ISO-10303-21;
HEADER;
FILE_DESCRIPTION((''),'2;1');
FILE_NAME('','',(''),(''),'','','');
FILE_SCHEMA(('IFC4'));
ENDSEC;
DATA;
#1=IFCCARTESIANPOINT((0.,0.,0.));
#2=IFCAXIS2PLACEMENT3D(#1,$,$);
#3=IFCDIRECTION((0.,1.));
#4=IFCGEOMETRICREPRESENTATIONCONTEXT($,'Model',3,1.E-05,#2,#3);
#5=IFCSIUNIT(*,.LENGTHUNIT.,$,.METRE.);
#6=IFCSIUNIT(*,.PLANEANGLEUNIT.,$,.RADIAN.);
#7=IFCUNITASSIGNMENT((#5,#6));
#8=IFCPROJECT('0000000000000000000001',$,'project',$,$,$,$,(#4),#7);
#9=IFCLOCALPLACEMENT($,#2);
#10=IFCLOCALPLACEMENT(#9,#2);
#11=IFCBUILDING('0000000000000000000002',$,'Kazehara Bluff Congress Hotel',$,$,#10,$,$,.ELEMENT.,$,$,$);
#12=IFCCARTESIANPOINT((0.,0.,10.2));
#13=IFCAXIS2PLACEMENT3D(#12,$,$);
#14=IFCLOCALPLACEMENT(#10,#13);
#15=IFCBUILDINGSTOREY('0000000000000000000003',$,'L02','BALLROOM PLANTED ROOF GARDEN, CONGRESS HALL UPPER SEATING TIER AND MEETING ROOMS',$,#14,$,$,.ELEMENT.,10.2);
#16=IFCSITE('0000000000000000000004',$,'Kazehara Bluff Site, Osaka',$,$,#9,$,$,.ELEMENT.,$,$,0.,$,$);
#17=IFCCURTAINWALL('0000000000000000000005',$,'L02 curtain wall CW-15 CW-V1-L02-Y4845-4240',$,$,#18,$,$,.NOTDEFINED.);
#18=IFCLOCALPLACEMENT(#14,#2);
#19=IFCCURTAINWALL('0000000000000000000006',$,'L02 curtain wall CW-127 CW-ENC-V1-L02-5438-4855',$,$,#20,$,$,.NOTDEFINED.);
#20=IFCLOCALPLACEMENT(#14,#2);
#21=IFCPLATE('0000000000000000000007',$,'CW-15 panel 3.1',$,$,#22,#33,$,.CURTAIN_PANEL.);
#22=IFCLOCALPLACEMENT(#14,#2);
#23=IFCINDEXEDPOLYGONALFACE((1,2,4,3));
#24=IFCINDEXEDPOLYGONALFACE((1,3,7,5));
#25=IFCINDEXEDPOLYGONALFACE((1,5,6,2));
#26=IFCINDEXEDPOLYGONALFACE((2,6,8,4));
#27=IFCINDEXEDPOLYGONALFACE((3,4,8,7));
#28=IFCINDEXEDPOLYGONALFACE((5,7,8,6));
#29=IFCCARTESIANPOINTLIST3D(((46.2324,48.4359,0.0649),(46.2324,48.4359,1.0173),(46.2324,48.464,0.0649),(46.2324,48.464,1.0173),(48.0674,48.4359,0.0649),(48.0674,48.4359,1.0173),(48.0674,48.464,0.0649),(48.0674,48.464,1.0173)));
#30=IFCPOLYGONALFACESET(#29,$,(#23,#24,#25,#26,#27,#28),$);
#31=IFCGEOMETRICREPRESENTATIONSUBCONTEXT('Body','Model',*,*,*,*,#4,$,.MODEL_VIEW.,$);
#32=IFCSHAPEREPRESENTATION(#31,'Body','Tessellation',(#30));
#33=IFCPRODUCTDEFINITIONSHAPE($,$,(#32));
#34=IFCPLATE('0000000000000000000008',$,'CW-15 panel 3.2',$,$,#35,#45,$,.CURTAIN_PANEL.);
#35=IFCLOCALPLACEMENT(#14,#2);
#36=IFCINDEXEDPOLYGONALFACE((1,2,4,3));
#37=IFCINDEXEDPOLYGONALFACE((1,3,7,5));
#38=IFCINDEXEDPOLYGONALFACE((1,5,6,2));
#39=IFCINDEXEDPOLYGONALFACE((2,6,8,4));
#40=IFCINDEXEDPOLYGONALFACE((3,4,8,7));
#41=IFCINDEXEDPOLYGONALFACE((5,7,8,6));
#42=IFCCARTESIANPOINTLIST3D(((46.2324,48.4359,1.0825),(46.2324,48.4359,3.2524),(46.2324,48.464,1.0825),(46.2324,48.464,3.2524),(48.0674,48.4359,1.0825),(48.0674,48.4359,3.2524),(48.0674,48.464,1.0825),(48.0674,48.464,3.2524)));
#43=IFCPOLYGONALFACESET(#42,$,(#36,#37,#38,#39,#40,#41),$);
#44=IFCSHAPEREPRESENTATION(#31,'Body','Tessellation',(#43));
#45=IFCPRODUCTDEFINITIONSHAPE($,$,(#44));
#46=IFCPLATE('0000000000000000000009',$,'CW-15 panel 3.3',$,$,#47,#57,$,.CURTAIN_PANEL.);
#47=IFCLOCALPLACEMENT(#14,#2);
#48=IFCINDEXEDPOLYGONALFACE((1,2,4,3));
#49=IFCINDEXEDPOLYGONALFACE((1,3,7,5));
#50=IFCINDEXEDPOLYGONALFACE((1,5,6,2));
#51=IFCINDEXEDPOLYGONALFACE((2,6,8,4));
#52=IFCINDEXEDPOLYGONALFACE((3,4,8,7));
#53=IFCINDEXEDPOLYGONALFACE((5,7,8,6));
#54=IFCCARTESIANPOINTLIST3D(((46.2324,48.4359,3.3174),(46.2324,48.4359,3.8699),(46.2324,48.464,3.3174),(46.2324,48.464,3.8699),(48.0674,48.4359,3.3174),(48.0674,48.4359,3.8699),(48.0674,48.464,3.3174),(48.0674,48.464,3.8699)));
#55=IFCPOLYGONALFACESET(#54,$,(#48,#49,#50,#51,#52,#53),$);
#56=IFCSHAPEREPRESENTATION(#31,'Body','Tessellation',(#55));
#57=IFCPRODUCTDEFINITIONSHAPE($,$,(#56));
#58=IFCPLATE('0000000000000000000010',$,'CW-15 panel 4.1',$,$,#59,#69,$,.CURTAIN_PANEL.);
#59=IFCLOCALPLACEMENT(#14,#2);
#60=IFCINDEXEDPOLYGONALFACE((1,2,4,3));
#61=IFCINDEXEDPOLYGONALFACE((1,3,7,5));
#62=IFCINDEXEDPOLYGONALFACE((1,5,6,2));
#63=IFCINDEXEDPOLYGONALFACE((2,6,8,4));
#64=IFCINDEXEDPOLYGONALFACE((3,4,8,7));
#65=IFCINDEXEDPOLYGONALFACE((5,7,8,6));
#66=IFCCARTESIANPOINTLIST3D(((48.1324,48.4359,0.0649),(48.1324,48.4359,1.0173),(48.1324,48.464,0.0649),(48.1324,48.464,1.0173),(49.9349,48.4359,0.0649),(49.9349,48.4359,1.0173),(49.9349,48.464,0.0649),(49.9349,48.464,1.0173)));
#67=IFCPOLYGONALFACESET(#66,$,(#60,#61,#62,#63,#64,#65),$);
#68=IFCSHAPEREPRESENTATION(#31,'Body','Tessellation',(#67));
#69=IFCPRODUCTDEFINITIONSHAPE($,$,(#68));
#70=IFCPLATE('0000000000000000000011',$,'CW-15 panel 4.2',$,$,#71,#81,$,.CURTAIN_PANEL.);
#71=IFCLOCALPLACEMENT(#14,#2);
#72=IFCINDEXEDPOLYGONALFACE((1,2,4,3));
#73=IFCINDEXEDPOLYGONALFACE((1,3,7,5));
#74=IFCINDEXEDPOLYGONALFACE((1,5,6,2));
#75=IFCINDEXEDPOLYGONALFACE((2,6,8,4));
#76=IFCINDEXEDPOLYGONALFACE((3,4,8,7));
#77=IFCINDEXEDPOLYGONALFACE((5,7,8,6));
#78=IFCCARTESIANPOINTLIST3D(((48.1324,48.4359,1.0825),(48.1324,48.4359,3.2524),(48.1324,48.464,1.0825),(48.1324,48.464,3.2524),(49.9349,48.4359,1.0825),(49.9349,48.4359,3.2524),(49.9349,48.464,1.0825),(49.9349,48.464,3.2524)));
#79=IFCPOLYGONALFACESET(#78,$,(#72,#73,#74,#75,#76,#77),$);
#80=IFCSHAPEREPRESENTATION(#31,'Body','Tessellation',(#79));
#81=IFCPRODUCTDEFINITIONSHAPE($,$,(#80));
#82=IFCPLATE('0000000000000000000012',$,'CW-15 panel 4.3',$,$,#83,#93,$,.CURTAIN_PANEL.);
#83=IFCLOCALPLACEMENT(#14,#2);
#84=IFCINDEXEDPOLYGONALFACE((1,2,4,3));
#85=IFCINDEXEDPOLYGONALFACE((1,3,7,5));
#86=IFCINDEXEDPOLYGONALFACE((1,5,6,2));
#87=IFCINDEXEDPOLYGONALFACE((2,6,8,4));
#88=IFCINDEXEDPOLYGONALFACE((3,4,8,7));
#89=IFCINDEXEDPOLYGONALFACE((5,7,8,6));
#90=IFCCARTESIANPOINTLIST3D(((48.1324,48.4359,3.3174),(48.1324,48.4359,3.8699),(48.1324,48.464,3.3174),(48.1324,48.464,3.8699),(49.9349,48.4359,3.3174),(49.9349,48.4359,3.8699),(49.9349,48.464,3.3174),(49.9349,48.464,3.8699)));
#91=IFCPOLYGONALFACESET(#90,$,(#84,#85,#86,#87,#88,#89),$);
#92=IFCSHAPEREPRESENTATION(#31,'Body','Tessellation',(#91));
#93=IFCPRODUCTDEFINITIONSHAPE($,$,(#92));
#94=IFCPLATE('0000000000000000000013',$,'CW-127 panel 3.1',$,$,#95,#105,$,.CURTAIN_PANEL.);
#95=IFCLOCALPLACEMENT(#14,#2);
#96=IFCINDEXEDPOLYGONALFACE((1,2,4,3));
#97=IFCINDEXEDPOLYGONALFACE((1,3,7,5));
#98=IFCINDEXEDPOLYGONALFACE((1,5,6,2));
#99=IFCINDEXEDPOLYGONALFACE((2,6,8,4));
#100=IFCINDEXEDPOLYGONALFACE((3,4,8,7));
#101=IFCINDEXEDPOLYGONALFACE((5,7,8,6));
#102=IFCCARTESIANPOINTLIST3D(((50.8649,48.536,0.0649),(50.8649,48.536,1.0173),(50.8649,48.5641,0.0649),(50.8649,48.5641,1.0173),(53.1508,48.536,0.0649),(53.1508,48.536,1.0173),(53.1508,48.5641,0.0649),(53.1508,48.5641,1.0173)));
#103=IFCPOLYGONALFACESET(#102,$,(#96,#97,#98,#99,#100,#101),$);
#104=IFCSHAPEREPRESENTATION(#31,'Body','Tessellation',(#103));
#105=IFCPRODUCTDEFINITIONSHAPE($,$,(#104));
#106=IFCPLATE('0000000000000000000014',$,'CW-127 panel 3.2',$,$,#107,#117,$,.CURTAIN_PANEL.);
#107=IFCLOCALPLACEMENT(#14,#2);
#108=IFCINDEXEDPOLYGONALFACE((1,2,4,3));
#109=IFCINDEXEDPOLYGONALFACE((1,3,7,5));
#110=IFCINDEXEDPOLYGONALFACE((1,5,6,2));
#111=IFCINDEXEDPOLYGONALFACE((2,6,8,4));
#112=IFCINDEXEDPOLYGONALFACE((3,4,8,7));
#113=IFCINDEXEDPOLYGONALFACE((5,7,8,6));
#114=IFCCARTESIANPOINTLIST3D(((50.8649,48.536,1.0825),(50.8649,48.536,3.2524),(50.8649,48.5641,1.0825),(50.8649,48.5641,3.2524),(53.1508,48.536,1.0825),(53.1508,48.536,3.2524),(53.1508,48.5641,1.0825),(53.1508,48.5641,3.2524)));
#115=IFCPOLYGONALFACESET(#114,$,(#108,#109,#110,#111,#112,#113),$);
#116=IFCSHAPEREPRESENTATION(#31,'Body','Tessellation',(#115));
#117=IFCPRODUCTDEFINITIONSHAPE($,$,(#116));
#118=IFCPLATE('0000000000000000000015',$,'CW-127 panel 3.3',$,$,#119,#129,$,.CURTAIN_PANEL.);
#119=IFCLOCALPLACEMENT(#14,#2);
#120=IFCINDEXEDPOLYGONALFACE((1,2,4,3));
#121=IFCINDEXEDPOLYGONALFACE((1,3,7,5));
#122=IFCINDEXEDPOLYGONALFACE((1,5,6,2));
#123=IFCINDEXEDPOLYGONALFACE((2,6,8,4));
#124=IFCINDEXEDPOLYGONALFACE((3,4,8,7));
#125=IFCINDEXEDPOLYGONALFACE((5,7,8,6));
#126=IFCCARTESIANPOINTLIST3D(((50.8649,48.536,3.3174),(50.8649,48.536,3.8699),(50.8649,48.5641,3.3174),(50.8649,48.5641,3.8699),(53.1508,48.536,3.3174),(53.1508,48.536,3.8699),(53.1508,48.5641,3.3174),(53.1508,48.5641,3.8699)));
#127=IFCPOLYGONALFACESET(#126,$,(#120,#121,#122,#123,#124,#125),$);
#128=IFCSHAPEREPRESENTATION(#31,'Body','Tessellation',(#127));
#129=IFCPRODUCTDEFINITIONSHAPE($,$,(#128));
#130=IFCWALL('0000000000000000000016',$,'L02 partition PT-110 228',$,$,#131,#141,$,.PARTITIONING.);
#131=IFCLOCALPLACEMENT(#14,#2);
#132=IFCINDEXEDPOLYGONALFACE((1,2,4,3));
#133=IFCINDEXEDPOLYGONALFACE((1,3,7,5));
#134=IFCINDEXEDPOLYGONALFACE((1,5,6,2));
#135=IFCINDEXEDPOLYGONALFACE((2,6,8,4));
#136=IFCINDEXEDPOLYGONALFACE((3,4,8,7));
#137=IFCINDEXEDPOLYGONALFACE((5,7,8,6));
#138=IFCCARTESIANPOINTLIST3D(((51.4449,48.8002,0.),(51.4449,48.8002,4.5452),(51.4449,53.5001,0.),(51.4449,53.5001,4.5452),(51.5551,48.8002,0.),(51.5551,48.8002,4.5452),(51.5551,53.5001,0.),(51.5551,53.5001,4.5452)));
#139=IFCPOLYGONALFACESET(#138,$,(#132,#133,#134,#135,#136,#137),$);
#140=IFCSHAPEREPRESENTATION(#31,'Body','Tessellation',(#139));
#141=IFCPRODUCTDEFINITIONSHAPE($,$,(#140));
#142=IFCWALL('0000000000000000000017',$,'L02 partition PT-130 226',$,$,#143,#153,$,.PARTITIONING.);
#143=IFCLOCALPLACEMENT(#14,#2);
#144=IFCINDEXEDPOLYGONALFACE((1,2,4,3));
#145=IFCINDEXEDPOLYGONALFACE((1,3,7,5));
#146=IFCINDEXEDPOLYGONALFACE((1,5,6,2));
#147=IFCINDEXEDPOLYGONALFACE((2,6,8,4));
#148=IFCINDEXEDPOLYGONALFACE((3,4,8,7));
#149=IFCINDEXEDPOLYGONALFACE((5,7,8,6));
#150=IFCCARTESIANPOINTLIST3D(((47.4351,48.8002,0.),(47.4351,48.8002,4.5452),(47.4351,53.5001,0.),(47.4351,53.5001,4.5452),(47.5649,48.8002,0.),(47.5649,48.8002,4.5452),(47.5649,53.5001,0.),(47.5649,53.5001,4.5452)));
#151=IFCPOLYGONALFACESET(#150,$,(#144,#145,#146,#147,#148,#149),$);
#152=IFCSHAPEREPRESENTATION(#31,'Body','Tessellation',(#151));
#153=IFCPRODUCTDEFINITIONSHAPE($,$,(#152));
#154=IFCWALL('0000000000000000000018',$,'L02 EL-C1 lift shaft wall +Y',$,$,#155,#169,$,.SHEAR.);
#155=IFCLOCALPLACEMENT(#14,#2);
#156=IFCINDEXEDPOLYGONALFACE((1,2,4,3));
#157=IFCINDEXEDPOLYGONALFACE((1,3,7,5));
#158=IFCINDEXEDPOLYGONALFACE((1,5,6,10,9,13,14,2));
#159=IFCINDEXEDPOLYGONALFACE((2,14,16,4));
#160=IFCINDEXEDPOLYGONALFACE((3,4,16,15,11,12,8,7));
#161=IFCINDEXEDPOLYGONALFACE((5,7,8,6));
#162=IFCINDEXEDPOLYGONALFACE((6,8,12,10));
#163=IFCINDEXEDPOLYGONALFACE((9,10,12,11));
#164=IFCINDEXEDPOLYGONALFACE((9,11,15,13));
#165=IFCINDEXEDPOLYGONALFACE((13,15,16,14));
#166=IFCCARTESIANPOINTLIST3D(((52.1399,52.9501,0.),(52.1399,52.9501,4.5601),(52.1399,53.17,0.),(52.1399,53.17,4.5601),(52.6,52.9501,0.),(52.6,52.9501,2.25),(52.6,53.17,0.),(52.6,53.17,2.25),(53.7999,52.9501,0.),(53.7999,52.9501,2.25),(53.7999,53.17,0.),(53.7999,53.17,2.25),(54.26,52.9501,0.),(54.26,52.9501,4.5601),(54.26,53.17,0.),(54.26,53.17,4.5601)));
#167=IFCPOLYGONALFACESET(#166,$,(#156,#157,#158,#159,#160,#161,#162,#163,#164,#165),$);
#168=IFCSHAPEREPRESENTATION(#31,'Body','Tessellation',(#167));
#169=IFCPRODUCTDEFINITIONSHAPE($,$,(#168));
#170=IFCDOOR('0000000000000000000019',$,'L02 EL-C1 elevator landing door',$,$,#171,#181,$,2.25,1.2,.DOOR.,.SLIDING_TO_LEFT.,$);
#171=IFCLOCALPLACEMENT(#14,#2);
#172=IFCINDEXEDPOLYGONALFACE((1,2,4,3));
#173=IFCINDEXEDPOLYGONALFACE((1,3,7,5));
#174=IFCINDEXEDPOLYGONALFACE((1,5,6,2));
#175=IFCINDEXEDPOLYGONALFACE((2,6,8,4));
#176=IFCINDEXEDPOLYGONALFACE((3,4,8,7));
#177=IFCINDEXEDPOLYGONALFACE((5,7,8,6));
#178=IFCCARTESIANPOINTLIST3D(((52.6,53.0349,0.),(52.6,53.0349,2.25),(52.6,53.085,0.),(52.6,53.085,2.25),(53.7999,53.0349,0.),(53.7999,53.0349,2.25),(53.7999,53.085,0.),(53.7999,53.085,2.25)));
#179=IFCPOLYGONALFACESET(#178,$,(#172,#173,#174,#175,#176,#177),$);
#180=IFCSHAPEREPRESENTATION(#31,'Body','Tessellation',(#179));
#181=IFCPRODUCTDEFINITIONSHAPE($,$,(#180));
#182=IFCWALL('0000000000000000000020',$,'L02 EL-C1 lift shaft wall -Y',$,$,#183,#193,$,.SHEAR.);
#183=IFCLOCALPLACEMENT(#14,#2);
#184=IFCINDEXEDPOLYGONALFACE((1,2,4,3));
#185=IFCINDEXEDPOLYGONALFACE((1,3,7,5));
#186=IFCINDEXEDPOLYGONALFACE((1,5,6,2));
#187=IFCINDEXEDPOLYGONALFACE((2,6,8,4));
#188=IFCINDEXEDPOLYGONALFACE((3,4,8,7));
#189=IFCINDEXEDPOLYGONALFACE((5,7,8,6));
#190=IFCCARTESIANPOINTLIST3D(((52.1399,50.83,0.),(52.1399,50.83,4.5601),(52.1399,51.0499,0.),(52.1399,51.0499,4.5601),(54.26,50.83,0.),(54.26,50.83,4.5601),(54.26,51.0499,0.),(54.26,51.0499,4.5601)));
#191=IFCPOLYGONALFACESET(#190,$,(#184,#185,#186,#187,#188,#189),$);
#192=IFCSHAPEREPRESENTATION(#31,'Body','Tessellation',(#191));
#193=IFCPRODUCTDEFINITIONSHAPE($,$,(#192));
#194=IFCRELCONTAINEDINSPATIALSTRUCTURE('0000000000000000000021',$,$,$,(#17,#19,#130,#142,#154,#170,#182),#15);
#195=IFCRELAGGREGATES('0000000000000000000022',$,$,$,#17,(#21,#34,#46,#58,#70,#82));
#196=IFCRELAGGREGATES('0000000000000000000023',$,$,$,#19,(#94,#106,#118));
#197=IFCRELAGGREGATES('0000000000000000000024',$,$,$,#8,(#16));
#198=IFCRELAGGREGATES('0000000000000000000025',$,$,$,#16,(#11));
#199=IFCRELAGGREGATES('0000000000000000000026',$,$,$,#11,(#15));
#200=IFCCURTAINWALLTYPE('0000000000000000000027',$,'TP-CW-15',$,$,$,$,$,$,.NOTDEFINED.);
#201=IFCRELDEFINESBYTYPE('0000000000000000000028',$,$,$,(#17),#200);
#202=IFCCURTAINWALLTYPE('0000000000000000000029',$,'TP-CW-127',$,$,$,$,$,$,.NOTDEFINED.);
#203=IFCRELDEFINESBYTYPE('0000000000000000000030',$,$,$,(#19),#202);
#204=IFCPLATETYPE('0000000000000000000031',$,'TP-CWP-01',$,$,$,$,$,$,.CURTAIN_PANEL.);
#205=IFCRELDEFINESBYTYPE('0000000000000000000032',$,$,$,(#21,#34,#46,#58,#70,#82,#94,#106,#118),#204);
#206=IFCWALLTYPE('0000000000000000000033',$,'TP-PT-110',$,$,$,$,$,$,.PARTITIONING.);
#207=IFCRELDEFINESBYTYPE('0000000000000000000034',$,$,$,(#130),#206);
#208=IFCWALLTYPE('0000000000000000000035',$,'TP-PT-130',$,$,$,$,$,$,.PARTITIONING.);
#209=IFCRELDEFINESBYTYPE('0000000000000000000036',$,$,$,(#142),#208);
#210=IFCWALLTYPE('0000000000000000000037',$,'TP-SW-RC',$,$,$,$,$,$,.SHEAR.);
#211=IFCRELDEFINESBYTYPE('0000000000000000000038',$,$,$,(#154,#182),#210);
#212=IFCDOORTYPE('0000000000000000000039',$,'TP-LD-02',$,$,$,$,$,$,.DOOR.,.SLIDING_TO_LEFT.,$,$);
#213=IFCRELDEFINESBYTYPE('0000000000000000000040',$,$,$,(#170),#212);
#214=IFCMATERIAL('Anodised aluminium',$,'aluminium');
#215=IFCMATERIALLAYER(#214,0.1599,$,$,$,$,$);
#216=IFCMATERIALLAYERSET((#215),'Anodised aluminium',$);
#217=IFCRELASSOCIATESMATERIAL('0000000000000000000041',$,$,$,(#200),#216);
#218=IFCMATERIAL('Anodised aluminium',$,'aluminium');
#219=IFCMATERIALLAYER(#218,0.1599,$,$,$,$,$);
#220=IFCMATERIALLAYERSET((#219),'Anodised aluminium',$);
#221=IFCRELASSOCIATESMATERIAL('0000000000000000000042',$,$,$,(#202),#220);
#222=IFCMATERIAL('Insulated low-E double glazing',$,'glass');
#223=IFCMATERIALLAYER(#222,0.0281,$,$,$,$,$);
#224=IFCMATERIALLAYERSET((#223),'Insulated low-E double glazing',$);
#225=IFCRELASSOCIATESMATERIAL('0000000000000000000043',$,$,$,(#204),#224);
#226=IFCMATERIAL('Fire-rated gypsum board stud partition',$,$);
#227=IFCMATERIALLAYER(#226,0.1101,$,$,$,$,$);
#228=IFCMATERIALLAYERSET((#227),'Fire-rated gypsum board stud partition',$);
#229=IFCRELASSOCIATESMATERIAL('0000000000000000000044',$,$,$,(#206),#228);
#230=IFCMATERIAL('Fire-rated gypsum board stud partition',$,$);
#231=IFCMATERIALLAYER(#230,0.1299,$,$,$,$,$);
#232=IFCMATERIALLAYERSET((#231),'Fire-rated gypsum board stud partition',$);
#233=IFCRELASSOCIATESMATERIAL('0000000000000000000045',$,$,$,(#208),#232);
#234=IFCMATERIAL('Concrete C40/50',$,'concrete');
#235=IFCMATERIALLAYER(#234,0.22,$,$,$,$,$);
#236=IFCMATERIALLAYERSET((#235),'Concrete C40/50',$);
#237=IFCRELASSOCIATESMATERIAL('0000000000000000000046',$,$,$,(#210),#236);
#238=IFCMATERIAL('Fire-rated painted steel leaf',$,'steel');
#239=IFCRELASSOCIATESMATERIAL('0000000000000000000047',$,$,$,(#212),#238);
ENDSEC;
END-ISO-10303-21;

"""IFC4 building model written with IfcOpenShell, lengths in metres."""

from ifc_helpers import new_model, si_unit, direction, frame, frame_2d, origin, origin_2d, place, context, subcontext, project, spatial, rectangle, extrude, material, layer, layer_set, type_object, element, fill, aggregate, save


model = new_model("IFC4")

# Units and contexts
model_context = context("Model", 3, precision=1e-05, world=origin(), true_north=direction((0.0, 1.0)))
body_context = subcontext(model_context, "Body", "Model", "MODEL_VIEW")
ifc_project = project(units=[si_unit("LENGTHUNIT", "METRE"), si_unit("PLANEANGLEUNIT", "RADIAN")], contexts=[model_context])

# Site, building, storey
site_placement = place(None, origin())
site = spatial("IfcSite", under=ifc_project, at=site_placement, Name="Kazehara Bluff Site, Osaka", CompositionType="ELEMENT", RefElevation=0.0)
building_placement = place(site_placement, origin())
building = spatial("IfcBuilding", under=site, at=building_placement, Name="Kazehara Bluff Congress Hotel", CompositionType="ELEMENT")
storey_placement = place(building_placement, frame((0.0, 0.0, 10.2)))
storey = spatial("IfcBuildingStorey", under=building, at=storey_placement, Name="L02", Description="BALLROOM PLANTED ROOF GARDEN, CONGRESS HALL UPPER SEATING TIER AND MEETING ROOMS", CompositionType="ELEMENT", Elevation=10.2)

# Curtain wall
ifc_material_1 = material(Name="Anodised aluminium", Category="aluminium")
ifc_layer_1 = layer(ifc_material_1, 0.1599)
ifc_layer_set_1 = layer_set([ifc_layer_1], Name="Anodised aluminium")
curtain_wall_type_1 = type_object("IfcCurtainWallType", Name="TP-CW-15", PredefinedType="NOTDEFINED", material=ifc_layer_set_1)
curtain_wall_1_placement = place(storey_placement, origin())
curtain_wall_1 = element("IfcCurtainWall", 1, at=curtain_wall_1_placement, inside=storey, type_object=curtain_wall_type_1, Name="L02 curtain wall CW-15 CW-V1-L02-Y4845-4240", PredefinedType="NOTDEFINED")

# Curtain wall
ifc_material_2 = material(Name="Anodised aluminium", Category="aluminium")
ifc_layer_2 = layer(ifc_material_2, 0.1599)
ifc_layer_set_2 = layer_set([ifc_layer_2], Name="Anodised aluminium")
curtain_wall_type_2 = type_object("IfcCurtainWallType", Name="TP-CW-127", PredefinedType="NOTDEFINED", material=ifc_layer_set_2)
curtain_wall_2_placement = place(storey_placement, origin())
curtain_wall_2 = element("IfcCurtainWall", 2, at=curtain_wall_2_placement, inside=storey, type_object=curtain_wall_type_2, Name="L02 curtain wall CW-127 CW-ENC-V1-L02-5438-4855", PredefinedType="NOTDEFINED")

# Plates
ifc_material_3 = material(Name="Insulated low-E double glazing", Category="glass")
ifc_layer_3 = layer(ifc_material_3, 0.0281)
ifc_layer_set_3 = layer_set([ifc_layer_3], Name="Insulated low-E double glazing")
plate_type = type_object("IfcPlateType", Name="TP-CWP-01", PredefinedType="CURTAIN_PANEL", material=ifc_layer_set_3)
plate_1_placement = place(storey_placement, frame((47.1499, 48.45, 0.0649), z_axis=(0.0, 0.0, 1.0), x_axis=(1.0, 0.0, 0.0)))
plate_1 = element("IfcPlate", 3, at=plate_1_placement, type_object=plate_type, Name="CW-15 panel 3.1", PredefinedType="CURTAIN_PANEL", context=body_context, shape_type="SweptSolid", body=[
    extrude(rectangle(XDim=1.835, YDim=0.0281, at=origin_2d()), origin(), (0.0, 0.0, 1.0), 0.9524),
])
plate_2_placement = place(storey_placement, frame((47.1499, 48.45, 1.0825), z_axis=(0.0, 0.0, 1.0), x_axis=(1.0, 0.0, 0.0)))
plate_2 = element("IfcPlate", 4, at=plate_2_placement, type_object=plate_type, Name="CW-15 panel 3.2", PredefinedType="CURTAIN_PANEL", context=body_context, shape_type="SweptSolid", body=[
    extrude(rectangle(XDim=1.835, YDim=0.0281, at=origin_2d()), origin(), (0.0, 0.0, 1.0), 2.1699),
])
plate_3_placement = place(storey_placement, frame((47.1499, 48.45, 3.3174), z_axis=(0.0, 0.0, 1.0), x_axis=(1.0, 0.0, 0.0)))
plate_3 = element("IfcPlate", 5, at=plate_3_placement, type_object=plate_type, Name="CW-15 panel 3.3", PredefinedType="CURTAIN_PANEL", context=body_context, shape_type="SweptSolid", body=[
    extrude(rectangle(XDim=1.835, YDim=0.0281, at=origin_2d()), origin(), (0.0, 0.0, 1.0), 0.5525),
])
plate_4_placement = place(storey_placement, frame((49.0337, 48.45, 0.0649), z_axis=(0.0, 0.0, 1.0), x_axis=(1.0, 0.0, 0.0)))
plate_4 = element("IfcPlate", 6, at=plate_4_placement, type_object=plate_type, Name="CW-15 panel 4.1", PredefinedType="CURTAIN_PANEL", context=body_context, shape_type="SweptSolid", body=[
    extrude(rectangle(XDim=1.8025, YDim=0.0281, at=origin_2d()), origin(), (0.0, 0.0, 1.0), 0.9524),
])
plate_5_placement = place(storey_placement, frame((49.0337, 48.45, 1.0825), z_axis=(0.0, 0.0, 1.0), x_axis=(1.0, 0.0, 0.0)))
plate_5 = element("IfcPlate", 7, at=plate_5_placement, type_object=plate_type, Name="CW-15 panel 4.2", PredefinedType="CURTAIN_PANEL", context=body_context, shape_type="SweptSolid", body=[
    extrude(rectangle(XDim=1.8025, YDim=0.0281, at=origin_2d()), origin(), (0.0, 0.0, 1.0), 2.1699),
])
plate_6_placement = place(storey_placement, frame((49.0337, 48.45, 3.3174), z_axis=(0.0, 0.0, 1.0), x_axis=(1.0, 0.0, 0.0)))
plate_6 = element("IfcPlate", 8, at=plate_6_placement, type_object=plate_type, Name="CW-15 panel 4.3", PredefinedType="CURTAIN_PANEL", context=body_context, shape_type="SweptSolid", body=[
    extrude(rectangle(XDim=1.8025, YDim=0.0281, at=origin_2d()), origin(), (0.0, 0.0, 1.0), 0.5525),
])
aggregate(curtain_wall_1, [plate_1, plate_2, plate_3, plate_4, plate_5, plate_6])
plate_7_placement = place(storey_placement, frame((52.0078, 48.55, 0.0649), z_axis=(0.0, 0.0, 1.0), x_axis=(-1.0, 0.0, 0.0)))
plate_7 = element("IfcPlate", 9, at=plate_7_placement, type_object=plate_type, Name="CW-127 panel 3.1", PredefinedType="CURTAIN_PANEL", context=body_context, shape_type="SweptSolid", body=[
    extrude(rectangle(XDim=2.2859, YDim=0.0281, at=origin_2d()), origin(), (0.0, 0.0, 1.0), 0.9524),
])
plate_8_placement = place(storey_placement, frame((52.0078, 48.55, 1.0825), z_axis=(0.0, 0.0, 1.0), x_axis=(-1.0, 0.0, 0.0)))
plate_8 = element("IfcPlate", 10, at=plate_8_placement, type_object=plate_type, Name="CW-127 panel 3.2", PredefinedType="CURTAIN_PANEL", context=body_context, shape_type="SweptSolid", body=[
    extrude(rectangle(XDim=2.2859, YDim=0.0281, at=origin_2d()), origin(), (0.0, 0.0, 1.0), 2.1699),
])
plate_9_placement = place(storey_placement, frame((52.0078, 48.55, 3.3174), z_axis=(0.0, 0.0, 1.0), x_axis=(-1.0, 0.0, 0.0)))
plate_9 = element("IfcPlate", 11, at=plate_9_placement, type_object=plate_type, Name="CW-127 panel 3.3", PredefinedType="CURTAIN_PANEL", context=body_context, shape_type="SweptSolid", body=[
    extrude(rectangle(XDim=2.2859, YDim=0.0281, at=origin_2d()), origin(), (0.0, 0.0, 1.0), 0.5525),
])
aggregate(curtain_wall_2, [plate_7, plate_8, plate_9])

# Walls
ifc_material_4 = material(Name="Fire-rated gypsum board stud partition")
ifc_layer_4 = layer(ifc_material_4, 0.1101)
ifc_layer_set_4 = layer_set([ifc_layer_4], Name="Fire-rated gypsum board stud partition")
wall_type_1 = type_object("IfcWallType", Name="TP-PT-110", PredefinedType="PARTITIONING", material=ifc_layer_set_4)
wall_1_placement = place(storey_placement, frame((51.5, 48.8, 0.0), z_axis=(0.0, 0.0, 1.0), x_axis=(0.0, 1.0, 0.0)))
element("IfcWall", 12, at=wall_1_placement, inside=storey, type_object=wall_type_1, Name="L02 partition PT-110 228", PredefinedType="PARTITIONING", context=body_context, shape_type="SweptSolid", body=[
    extrude(rectangle(XDim=4.7, YDim=0.1101, at=frame_2d((2.3501, 0.0))), origin(), (0.0, 0.0, 1.0), 4.5452),
])
ifc_material_5 = material(Name="Fire-rated gypsum board stud partition")
ifc_layer_5 = layer(ifc_material_5, 0.1299)
ifc_layer_set_5 = layer_set([ifc_layer_5], Name="Fire-rated gypsum board stud partition")
wall_type_2 = type_object("IfcWallType", Name="TP-PT-130", PredefinedType="PARTITIONING", material=ifc_layer_set_5)
wall_2_placement = place(storey_placement, frame((47.5, 48.8, 0.0), z_axis=(0.0, 0.0, 1.0), x_axis=(0.0, 1.0, 0.0)))
element("IfcWall", 13, at=wall_2_placement, inside=storey, type_object=wall_type_2, Name="L02 partition PT-130 226", PredefinedType="PARTITIONING", context=body_context, shape_type="SweptSolid", body=[
    extrude(rectangle(XDim=4.7, YDim=0.1299, at=frame_2d((2.3501, 0.0))), origin(), (0.0, 0.0, 1.0), 4.5452),
])

# Wall, opening, door
ifc_material_6 = material(Name="Concrete C40/50", Category="concrete")
ifc_layer_6 = layer(ifc_material_6, 0.22)
ifc_layer_set_6 = layer_set([ifc_layer_6], Name="Concrete C40/50")
wall_type_3 = type_object("IfcWallType", Name="TP-SW-RC", PredefinedType="SHEAR", material=ifc_layer_set_6)
wall_3_placement = place(storey_placement, frame((52.1399, 53.0601, 0.0), z_axis=(0.0, 0.0, 1.0), x_axis=(1.0, 0.0, 0.0)))
wall_3 = element("IfcWall", 14, at=wall_3_placement, inside=storey, type_object=wall_type_3, Name="L02 EL-C1 lift shaft wall +Y", PredefinedType="SHEAR", context=body_context, shape_type="SweptSolid", body=[
    extrude(rectangle(XDim=2.1201, YDim=0.22, at=frame_2d((1.0601, 0.0))), origin(), (0.0, 0.0, 1.0), 4.5601),
])
opening_placement = place(wall_3_placement, frame((0.46, 0.0, 0.0)))
opening = element("IfcOpeningElement", 15, at=opening_placement, cuts=wall_3, PredefinedType="OPENING", context=body_context, shape_type="SweptSolid", body=[
    extrude(rectangle(XDim=1.2, YDim=2.25, at=frame_2d((0.6001, 1.125))), frame((0.0, 0.1199, 0.0), z_axis=(0.0, -1.0, 0.0), x_axis=(1.0, 0.0, 0.0)), (0.0, 0.0, 1.0), 0.24),
])
ifc_material_7 = material(Name="Fire-rated painted steel leaf", Category="steel")
door_type = type_object("IfcDoorType", Name="TP-LD-02", OperationType="SLIDING_TO_LEFT", PredefinedType="DOOR", material=ifc_material_7)
door_placement = place(opening_placement, origin())
door = element("IfcDoor", 16, at=door_placement, inside=storey, type_object=door_type, Name="L02 EL-C1 elevator landing door", OperationType="SLIDING_TO_LEFT", OverallHeight=2.25, OverallWidth=1.2, PredefinedType="DOOR", context=body_context, shape_type="SweptSolid", body=[
    extrude(rectangle(XDim=1.2, YDim=2.25, at=frame_2d((0.6001, 1.125))), frame((0.0, 0.0249, 0.0), z_axis=(0.0, -1.0, 0.0), x_axis=(1.0, 0.0, 0.0)), (0.0, 0.0, 1.0), 0.05),
])
fill(opening, door)

# Wall
for number, where, z_axis, x_axis, name in (
    (17, (52.1399, 50.9399, 0.0), (0.0, 0.0, 1.0), (1.0, 0.0, 0.0), "L02 EL-C1 lift shaft wall -Y"),
):
    element("IfcWall", number, at=place(storey_placement, frame(where, z_axis=z_axis, x_axis=x_axis)), inside=storey, type_object=wall_type_3, Name=name, PredefinedType="SHEAR", context=body_context, shape_type="SweptSolid", body=[
        extrude(rectangle(XDim=2.1201, YDim=0.22, at=frame_2d((1.0601, 0.0))), origin(), (0.0, 0.0, 1.0), 4.5601),
    ])

save(model, "model.ifc")
